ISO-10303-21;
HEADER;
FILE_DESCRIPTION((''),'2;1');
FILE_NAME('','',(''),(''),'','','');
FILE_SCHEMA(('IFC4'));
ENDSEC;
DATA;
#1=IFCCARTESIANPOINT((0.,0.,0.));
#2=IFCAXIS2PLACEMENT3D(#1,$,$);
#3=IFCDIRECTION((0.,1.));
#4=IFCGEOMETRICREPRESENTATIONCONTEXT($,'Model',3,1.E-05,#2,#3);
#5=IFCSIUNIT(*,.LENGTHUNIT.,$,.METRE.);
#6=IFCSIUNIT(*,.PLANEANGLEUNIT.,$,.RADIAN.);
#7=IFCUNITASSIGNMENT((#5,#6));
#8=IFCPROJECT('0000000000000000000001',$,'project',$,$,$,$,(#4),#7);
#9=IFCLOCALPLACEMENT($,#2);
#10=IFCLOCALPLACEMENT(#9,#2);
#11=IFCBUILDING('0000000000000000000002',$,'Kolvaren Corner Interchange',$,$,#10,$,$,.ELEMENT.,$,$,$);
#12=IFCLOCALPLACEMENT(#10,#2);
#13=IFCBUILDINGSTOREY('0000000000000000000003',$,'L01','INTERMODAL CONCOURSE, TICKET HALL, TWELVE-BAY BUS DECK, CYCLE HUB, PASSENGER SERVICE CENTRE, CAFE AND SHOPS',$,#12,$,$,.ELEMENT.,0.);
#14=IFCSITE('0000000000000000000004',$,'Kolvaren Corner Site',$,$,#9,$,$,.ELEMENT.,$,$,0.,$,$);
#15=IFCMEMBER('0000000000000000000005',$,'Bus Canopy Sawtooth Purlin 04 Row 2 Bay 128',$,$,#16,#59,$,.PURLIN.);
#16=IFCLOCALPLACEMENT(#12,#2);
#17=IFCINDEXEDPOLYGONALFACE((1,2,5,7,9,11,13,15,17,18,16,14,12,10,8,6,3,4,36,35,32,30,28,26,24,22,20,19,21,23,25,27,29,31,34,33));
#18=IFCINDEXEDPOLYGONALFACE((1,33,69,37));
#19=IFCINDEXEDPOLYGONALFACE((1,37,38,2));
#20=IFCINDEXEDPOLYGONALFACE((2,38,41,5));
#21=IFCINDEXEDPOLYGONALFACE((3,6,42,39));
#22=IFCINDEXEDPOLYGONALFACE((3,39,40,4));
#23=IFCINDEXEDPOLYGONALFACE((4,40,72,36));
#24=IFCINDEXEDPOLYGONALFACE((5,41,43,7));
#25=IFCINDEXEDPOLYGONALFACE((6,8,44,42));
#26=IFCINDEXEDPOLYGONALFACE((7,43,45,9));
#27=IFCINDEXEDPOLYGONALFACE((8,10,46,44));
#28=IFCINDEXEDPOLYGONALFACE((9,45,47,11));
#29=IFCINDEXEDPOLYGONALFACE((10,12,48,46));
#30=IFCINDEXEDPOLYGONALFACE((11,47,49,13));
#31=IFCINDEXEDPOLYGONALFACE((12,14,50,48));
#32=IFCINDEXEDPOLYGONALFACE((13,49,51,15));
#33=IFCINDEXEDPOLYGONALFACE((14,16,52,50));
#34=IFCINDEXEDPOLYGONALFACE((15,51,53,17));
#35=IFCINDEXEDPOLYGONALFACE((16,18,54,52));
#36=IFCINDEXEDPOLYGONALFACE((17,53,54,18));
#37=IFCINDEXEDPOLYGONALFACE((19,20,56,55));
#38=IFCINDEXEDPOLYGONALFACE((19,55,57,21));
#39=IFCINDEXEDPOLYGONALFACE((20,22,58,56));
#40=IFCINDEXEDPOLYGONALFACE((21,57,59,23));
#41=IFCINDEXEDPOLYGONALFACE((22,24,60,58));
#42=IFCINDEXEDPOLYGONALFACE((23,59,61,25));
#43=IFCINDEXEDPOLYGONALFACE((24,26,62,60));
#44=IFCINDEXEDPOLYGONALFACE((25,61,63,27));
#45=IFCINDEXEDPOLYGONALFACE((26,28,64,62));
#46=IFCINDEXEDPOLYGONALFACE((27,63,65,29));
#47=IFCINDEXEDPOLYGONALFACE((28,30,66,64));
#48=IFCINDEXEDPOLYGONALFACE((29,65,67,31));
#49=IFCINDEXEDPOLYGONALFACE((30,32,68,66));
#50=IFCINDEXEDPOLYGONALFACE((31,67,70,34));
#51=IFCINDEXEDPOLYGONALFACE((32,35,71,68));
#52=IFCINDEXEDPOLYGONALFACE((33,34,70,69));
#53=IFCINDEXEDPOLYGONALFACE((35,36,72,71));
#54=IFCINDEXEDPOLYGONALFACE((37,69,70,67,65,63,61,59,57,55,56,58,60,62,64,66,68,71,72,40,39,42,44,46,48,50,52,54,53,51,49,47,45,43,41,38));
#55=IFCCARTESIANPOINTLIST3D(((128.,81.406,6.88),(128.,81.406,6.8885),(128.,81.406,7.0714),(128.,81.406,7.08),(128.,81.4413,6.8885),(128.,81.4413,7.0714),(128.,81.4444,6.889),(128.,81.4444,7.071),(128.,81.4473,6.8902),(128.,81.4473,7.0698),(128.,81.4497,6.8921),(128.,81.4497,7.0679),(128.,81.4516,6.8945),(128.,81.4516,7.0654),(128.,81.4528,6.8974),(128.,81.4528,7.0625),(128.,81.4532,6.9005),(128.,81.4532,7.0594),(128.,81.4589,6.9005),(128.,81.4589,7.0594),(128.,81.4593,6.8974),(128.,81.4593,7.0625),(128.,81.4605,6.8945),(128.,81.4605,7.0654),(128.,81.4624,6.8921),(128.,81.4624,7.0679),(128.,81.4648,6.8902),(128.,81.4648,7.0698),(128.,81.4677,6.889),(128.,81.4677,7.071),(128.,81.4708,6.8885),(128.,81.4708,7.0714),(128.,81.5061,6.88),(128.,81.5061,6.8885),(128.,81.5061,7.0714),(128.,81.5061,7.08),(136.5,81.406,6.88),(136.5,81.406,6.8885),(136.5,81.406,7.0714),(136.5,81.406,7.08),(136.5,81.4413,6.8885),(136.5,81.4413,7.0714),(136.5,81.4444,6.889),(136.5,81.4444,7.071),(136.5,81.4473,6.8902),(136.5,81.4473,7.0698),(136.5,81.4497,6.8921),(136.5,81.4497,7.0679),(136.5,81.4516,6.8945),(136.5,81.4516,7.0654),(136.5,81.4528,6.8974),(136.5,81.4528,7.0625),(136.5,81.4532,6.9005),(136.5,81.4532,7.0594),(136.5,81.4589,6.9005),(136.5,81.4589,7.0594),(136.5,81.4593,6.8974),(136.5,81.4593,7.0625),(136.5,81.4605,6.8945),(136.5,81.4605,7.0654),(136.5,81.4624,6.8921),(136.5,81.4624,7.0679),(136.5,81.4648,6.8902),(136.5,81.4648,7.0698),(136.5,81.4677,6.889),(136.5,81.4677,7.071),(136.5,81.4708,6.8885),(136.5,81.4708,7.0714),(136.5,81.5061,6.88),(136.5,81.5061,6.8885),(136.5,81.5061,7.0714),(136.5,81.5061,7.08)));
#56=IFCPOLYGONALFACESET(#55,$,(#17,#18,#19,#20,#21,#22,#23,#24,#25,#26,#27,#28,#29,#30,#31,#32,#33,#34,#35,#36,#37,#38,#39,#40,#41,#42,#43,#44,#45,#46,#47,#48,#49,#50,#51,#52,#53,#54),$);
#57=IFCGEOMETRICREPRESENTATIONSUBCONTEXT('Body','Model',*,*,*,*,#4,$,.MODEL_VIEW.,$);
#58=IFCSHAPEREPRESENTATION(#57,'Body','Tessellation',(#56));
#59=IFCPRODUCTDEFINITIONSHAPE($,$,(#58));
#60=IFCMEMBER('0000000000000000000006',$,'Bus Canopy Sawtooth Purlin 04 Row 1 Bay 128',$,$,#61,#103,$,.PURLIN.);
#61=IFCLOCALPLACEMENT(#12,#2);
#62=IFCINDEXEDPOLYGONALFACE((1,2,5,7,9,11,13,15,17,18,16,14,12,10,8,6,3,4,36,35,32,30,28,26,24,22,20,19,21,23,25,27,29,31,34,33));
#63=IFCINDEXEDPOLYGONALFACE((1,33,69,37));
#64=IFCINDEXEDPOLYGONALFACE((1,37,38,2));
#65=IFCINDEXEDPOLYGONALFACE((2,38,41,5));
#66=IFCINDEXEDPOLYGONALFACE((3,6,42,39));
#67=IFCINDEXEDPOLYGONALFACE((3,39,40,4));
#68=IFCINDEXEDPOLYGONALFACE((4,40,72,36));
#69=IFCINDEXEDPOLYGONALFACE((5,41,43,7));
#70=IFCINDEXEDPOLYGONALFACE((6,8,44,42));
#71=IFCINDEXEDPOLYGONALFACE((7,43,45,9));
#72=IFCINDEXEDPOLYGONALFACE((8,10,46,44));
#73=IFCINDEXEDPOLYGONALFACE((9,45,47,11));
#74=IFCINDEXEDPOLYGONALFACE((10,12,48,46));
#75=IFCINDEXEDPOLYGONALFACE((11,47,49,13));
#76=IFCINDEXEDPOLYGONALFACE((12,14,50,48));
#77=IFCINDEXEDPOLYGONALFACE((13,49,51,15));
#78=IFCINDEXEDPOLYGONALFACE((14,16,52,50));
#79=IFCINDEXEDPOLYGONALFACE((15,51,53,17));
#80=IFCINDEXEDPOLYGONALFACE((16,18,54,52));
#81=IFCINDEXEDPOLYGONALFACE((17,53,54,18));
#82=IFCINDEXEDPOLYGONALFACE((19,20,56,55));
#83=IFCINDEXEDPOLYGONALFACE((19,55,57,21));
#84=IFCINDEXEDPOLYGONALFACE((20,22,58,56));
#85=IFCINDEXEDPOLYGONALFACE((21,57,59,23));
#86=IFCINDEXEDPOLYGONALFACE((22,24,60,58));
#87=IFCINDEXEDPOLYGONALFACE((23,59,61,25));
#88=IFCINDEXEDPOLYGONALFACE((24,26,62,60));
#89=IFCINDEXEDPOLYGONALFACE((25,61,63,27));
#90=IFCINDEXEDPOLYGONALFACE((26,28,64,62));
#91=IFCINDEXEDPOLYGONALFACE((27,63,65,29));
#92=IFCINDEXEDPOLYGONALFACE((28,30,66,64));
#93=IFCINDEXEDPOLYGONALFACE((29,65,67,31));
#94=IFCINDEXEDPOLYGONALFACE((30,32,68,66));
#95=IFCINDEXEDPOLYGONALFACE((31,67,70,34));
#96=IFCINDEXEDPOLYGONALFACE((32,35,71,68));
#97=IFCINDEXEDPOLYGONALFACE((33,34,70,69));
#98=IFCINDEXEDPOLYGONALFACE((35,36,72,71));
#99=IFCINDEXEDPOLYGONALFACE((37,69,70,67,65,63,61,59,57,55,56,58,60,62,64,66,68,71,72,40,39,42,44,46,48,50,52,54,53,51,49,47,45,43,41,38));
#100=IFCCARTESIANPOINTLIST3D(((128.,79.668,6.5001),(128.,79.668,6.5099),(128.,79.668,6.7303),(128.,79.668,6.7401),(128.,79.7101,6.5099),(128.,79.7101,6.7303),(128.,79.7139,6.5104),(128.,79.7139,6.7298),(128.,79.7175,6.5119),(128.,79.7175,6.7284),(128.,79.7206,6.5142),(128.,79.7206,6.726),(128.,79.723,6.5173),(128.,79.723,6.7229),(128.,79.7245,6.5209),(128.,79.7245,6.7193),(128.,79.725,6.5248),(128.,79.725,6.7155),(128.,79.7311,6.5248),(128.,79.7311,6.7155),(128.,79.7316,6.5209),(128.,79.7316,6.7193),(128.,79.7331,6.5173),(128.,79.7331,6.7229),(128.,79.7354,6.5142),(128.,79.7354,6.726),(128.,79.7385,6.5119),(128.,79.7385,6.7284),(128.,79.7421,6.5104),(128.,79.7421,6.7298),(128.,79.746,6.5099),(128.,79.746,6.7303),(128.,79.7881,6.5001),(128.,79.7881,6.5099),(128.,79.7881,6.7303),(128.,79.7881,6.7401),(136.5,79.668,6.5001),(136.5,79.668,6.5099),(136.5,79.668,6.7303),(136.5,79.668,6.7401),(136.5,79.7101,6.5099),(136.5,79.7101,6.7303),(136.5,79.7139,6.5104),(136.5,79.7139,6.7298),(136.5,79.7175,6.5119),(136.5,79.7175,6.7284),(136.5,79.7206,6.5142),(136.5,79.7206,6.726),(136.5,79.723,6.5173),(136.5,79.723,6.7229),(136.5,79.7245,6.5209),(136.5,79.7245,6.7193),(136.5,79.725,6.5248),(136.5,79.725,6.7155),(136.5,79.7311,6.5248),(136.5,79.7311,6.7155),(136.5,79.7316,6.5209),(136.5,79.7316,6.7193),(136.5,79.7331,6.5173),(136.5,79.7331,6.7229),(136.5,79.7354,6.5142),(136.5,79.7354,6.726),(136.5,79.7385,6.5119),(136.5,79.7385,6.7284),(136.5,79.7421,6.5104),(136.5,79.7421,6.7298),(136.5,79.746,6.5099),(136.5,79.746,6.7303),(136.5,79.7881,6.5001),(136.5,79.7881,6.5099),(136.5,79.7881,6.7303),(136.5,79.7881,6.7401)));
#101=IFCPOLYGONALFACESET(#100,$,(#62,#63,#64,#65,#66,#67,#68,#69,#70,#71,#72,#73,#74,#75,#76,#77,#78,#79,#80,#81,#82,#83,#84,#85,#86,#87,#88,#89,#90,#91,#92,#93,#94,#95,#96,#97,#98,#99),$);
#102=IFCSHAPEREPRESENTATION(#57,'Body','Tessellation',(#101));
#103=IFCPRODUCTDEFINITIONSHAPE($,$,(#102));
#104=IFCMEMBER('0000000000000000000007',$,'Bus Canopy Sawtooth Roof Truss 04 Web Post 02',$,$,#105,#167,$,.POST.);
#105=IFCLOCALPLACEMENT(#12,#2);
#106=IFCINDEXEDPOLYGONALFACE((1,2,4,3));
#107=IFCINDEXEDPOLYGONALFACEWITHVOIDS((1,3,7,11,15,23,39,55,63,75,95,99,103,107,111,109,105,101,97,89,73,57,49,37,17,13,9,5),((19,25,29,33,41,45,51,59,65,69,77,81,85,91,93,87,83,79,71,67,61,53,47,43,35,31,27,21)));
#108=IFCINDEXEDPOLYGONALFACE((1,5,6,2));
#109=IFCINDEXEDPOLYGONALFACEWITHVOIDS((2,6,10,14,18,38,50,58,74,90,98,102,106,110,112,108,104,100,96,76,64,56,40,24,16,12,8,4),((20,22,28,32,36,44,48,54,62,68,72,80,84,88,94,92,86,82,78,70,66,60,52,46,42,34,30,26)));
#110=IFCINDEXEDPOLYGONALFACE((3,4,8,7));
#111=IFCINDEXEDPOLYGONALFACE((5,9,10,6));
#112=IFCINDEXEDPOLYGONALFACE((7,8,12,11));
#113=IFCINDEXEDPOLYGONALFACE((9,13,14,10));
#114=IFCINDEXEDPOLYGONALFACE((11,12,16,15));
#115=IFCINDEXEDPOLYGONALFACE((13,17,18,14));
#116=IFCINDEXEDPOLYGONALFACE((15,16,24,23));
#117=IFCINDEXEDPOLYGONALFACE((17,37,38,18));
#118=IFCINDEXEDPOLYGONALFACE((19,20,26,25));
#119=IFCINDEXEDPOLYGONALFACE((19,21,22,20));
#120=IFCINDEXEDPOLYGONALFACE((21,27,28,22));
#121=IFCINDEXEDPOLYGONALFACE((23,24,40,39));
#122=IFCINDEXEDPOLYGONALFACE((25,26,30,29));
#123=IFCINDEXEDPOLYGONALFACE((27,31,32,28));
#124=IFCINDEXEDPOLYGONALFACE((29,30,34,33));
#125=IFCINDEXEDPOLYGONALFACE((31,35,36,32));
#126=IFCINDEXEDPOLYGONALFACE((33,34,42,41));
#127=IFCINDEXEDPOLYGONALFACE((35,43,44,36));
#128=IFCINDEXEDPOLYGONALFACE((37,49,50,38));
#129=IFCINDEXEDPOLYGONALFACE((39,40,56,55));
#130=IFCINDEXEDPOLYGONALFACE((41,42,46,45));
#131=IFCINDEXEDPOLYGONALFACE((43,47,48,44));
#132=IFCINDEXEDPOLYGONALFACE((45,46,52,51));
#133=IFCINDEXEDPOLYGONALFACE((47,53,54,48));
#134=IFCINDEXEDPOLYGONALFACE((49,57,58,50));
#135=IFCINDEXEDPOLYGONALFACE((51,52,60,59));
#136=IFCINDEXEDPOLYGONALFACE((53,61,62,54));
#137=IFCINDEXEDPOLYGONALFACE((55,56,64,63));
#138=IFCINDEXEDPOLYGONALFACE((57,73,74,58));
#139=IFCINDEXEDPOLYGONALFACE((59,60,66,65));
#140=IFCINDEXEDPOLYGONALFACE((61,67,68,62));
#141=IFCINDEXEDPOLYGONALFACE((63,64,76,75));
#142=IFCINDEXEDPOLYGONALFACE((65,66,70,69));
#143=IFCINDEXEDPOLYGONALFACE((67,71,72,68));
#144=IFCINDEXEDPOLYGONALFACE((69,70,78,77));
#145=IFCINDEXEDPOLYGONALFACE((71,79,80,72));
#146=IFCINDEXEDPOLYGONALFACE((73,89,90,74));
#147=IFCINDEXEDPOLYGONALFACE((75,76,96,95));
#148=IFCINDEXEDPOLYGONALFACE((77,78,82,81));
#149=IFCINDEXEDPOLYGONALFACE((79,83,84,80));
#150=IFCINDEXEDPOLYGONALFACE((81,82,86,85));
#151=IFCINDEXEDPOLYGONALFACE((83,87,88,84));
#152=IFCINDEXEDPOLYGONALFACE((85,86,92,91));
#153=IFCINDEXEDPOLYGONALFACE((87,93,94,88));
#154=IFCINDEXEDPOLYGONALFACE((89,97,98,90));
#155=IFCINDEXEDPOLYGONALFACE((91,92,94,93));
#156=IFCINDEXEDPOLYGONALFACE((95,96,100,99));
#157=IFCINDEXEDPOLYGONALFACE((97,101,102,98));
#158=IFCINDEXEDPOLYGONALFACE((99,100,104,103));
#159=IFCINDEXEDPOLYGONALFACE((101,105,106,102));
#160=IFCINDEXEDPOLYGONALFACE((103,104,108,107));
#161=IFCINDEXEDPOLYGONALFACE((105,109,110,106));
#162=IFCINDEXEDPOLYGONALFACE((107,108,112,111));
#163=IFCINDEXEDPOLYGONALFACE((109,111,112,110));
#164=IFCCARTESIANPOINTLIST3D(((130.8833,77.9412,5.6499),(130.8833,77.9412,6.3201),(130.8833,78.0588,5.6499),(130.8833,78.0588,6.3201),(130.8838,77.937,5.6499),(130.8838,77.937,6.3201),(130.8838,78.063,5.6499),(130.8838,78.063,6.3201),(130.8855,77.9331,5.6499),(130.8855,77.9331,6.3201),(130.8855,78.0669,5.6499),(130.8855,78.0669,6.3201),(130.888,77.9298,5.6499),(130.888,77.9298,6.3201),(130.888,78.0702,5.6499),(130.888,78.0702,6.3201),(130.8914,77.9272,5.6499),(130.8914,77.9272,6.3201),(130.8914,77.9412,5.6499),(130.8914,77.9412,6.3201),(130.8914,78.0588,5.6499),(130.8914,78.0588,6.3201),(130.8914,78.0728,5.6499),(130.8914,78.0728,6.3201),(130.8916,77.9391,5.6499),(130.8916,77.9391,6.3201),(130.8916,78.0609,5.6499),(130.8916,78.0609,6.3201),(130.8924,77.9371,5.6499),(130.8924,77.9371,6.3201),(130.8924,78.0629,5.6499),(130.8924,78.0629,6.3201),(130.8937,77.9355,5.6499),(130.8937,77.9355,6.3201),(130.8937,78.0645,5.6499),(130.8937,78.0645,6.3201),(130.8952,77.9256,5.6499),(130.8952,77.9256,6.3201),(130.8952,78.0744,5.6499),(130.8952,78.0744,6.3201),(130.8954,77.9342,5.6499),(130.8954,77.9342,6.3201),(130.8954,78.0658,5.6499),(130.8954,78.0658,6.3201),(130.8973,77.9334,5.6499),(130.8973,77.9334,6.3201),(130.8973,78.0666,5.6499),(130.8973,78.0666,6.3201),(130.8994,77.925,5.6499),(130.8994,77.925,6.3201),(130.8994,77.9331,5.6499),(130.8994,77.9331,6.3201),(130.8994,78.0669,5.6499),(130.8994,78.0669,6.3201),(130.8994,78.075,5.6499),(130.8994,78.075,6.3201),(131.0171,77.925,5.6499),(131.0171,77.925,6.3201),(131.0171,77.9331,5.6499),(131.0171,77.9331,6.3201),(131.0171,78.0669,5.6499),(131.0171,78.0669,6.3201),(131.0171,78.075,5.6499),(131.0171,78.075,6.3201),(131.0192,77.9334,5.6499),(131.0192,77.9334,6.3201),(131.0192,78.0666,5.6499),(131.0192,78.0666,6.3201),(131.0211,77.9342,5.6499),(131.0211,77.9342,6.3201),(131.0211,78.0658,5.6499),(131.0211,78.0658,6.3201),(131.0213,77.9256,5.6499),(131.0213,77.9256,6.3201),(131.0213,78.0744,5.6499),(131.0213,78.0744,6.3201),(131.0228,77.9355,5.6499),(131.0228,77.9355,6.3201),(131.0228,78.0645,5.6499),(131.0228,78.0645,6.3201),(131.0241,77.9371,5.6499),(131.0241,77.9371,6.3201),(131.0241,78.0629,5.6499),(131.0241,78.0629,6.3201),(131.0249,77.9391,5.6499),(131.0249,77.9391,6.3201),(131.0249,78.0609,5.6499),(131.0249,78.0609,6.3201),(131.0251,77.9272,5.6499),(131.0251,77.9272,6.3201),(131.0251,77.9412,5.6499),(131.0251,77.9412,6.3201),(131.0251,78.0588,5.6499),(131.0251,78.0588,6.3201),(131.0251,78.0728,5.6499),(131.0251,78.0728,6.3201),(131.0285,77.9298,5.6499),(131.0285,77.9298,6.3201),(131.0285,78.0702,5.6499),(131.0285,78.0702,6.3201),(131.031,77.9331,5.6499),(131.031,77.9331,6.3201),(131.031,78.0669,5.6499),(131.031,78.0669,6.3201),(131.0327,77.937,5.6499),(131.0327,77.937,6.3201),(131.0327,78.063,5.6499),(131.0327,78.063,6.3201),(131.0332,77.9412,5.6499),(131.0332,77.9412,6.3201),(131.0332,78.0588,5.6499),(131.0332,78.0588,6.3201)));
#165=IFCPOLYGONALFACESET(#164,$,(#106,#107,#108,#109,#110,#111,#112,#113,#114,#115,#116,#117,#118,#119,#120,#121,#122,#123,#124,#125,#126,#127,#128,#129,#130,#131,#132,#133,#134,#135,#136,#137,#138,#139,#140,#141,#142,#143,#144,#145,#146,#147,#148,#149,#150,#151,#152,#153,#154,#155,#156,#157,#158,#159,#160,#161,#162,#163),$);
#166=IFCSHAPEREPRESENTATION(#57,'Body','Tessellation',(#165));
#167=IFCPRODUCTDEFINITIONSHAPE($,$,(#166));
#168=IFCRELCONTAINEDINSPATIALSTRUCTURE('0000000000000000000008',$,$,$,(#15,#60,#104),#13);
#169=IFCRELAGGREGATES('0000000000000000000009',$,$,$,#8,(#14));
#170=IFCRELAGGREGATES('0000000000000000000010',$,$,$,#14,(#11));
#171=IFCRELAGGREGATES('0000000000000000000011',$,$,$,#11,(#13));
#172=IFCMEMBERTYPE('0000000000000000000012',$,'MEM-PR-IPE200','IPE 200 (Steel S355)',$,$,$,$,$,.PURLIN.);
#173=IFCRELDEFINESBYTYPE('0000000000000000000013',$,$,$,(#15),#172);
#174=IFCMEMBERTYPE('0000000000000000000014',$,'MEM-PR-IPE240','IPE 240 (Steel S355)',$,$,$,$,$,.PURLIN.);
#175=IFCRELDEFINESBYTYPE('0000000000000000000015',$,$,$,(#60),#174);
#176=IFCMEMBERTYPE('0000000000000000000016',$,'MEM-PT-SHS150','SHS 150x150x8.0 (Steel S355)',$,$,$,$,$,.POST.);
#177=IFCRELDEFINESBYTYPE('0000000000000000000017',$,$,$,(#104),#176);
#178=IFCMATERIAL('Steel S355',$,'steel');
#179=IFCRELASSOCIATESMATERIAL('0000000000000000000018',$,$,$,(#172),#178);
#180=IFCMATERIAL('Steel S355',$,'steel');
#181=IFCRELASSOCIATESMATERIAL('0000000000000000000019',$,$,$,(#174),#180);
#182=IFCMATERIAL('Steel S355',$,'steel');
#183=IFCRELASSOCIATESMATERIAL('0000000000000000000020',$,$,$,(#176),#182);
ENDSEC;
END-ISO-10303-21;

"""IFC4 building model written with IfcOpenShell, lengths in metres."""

from ifc_helpers import new_model, si_unit, direction, frame, origin, origin_2d, place, context, subcontext, project, spatial, hollow_rectangle, i_section, extrude, material, material_profile, profile_set, type_object, element, save


model = new_model("IFC4")

# Units and contexts
model_context = context("Model", 3, precision=1e-05, world=origin(), true_north=direction((0.0, 1.0)))
body_context = subcontext(model_context, "Body", "Model", "MODEL_VIEW")
ifc_project = project(units=[si_unit("LENGTHUNIT", "METRE"), si_unit("PLANEANGLEUNIT", "RADIAN")], contexts=[model_context])

# Site, building, storey
site_placement = place(None, origin())
site = spatial("IfcSite", under=ifc_project, at=site_placement, Name="Kolvaren Corner Site", CompositionType="ELEMENT", RefElevation=0.0)
building_placement = place(site_placement, origin())
building = spatial("IfcBuilding", under=site, at=building_placement, Name="Kolvaren Corner Interchange", CompositionType="ELEMENT")
storey_placement = place(building_placement, origin())
storey = spatial("IfcBuildingStorey", under=building, at=storey_placement, Name="L01", Description="INTERMODAL CONCOURSE, TICKET HALL, TWELVE-BAY BUS DECK, CYCLE HUB, PASSENGER SERVICE CENTRE, CAFE AND SHOPS", CompositionType="ELEMENT", Elevation=0.0)

# Members
ifc_material_1 = material(Name="Steel S355", Category="steel")
ifc_material_profile_1 = material_profile(ifc_material_1, i_section(OverallWidth=0.1001, OverallDepth=0.2, WebThickness=0.0056, FlangeThickness=0.0085, FilletRadius=0.012, at=origin_2d()), Name="IPE 200")
ifc_profile_set_1 = profile_set([ifc_material_profile_1], Name="Steel S355")
member_type_1 = type_object("IfcMemberType", Name="MEM-PR-IPE200", Description="IPE 200 (Steel S355)", PredefinedType="PURLIN", material=ifc_profile_set_1)
member_1_placement = place(storey_placement, frame((128.0, 81.4561, 6.98), z_axis=(1.0, 0.0, 0.0), x_axis=(0.0, 1.0, 0.0)))
element("IfcMember", 1, at=member_1_placement, inside=storey, type_object=member_type_1, Name="Bus Canopy Sawtooth Purlin 04 Row 2 Bay 128", PredefinedType="PURLIN", context=body_context, shape_type="SweptSolid", body=[
    extrude(i_section(OverallWidth=0.1001, OverallDepth=0.2, WebThickness=0.0056, FlangeThickness=0.0085, FilletRadius=0.012, at=origin_2d()), origin(), (0.0, 0.0, 1.0), 8.5),
])
ifc_material_2 = material(Name="Steel S355", Category="steel")
ifc_material_profile_2 = material_profile(ifc_material_2, i_section(OverallWidth=0.1201, OverallDepth=0.24, WebThickness=0.0061, FlangeThickness=0.0098, FilletRadius=0.0149, at=origin_2d()), Name="IPE 240")
ifc_profile_set_2 = profile_set([ifc_material_profile_2], Name="Steel S355")
member_type_2 = type_object("IfcMemberType", Name="MEM-PR-IPE240", Description="IPE 240 (Steel S355)", PredefinedType="PURLIN", material=ifc_profile_set_2)
member_2_placement = place(storey_placement, frame((128.0, 79.728, 6.6201), z_axis=(1.0, 0.0, 0.0), x_axis=(0.0, 1.0, 0.0)))
element("IfcMember", 2, at=member_2_placement, inside=storey, type_object=member_type_2, Name="Bus Canopy Sawtooth Purlin 04 Row 1 Bay 128", PredefinedType="PURLIN", context=body_context, shape_type="SweptSolid", body=[
    extrude(i_section(OverallWidth=0.1201, OverallDepth=0.24, WebThickness=0.0061, FlangeThickness=0.0098, FilletRadius=0.0149, at=origin_2d()), origin(), (0.0, 0.0, 1.0), 8.5),
])
ifc_material_3 = material(Name="Steel S355", Category="steel")
ifc_material_profile_3 = material_profile(ifc_material_3, hollow_rectangle(XDim=0.1499, YDim=0.1499, WallThickness=0.0081, InnerFilletRadius=0.0081, OuterFilletRadius=0.0161, at=origin_2d()), Name="SHS 150x150x8.0")
ifc_profile_set_3 = profile_set([ifc_material_profile_3], Name="Steel S355")
member_type_3 = type_object("IfcMemberType", Name="MEM-PT-SHS150", Description="SHS 150x150x8.0 (Steel S355)", PredefinedType="POST", material=ifc_profile_set_3)
member_3_placement = place(storey_placement, frame((130.9583, 78.0, 5.6499), z_axis=(0.0, 0.0, 1.0), x_axis=(1.0, 0.0, 0.0)))
element("IfcMember", 3, at=member_3_placement, inside=storey, type_object=member_type_3, Name="Bus Canopy Sawtooth Roof Truss 04 Web Post 02", PredefinedType="POST", context=body_context, shape_type="SweptSolid", body=[
    extrude(hollow_rectangle(XDim=0.1499, YDim=0.1499, WallThickness=0.0081, InnerFilletRadius=0.0081, OuterFilletRadius=0.0161, at=origin_2d()), origin(), (0.0, 0.0, 1.0), 0.6702),
])

save(model, "model.ifc")
